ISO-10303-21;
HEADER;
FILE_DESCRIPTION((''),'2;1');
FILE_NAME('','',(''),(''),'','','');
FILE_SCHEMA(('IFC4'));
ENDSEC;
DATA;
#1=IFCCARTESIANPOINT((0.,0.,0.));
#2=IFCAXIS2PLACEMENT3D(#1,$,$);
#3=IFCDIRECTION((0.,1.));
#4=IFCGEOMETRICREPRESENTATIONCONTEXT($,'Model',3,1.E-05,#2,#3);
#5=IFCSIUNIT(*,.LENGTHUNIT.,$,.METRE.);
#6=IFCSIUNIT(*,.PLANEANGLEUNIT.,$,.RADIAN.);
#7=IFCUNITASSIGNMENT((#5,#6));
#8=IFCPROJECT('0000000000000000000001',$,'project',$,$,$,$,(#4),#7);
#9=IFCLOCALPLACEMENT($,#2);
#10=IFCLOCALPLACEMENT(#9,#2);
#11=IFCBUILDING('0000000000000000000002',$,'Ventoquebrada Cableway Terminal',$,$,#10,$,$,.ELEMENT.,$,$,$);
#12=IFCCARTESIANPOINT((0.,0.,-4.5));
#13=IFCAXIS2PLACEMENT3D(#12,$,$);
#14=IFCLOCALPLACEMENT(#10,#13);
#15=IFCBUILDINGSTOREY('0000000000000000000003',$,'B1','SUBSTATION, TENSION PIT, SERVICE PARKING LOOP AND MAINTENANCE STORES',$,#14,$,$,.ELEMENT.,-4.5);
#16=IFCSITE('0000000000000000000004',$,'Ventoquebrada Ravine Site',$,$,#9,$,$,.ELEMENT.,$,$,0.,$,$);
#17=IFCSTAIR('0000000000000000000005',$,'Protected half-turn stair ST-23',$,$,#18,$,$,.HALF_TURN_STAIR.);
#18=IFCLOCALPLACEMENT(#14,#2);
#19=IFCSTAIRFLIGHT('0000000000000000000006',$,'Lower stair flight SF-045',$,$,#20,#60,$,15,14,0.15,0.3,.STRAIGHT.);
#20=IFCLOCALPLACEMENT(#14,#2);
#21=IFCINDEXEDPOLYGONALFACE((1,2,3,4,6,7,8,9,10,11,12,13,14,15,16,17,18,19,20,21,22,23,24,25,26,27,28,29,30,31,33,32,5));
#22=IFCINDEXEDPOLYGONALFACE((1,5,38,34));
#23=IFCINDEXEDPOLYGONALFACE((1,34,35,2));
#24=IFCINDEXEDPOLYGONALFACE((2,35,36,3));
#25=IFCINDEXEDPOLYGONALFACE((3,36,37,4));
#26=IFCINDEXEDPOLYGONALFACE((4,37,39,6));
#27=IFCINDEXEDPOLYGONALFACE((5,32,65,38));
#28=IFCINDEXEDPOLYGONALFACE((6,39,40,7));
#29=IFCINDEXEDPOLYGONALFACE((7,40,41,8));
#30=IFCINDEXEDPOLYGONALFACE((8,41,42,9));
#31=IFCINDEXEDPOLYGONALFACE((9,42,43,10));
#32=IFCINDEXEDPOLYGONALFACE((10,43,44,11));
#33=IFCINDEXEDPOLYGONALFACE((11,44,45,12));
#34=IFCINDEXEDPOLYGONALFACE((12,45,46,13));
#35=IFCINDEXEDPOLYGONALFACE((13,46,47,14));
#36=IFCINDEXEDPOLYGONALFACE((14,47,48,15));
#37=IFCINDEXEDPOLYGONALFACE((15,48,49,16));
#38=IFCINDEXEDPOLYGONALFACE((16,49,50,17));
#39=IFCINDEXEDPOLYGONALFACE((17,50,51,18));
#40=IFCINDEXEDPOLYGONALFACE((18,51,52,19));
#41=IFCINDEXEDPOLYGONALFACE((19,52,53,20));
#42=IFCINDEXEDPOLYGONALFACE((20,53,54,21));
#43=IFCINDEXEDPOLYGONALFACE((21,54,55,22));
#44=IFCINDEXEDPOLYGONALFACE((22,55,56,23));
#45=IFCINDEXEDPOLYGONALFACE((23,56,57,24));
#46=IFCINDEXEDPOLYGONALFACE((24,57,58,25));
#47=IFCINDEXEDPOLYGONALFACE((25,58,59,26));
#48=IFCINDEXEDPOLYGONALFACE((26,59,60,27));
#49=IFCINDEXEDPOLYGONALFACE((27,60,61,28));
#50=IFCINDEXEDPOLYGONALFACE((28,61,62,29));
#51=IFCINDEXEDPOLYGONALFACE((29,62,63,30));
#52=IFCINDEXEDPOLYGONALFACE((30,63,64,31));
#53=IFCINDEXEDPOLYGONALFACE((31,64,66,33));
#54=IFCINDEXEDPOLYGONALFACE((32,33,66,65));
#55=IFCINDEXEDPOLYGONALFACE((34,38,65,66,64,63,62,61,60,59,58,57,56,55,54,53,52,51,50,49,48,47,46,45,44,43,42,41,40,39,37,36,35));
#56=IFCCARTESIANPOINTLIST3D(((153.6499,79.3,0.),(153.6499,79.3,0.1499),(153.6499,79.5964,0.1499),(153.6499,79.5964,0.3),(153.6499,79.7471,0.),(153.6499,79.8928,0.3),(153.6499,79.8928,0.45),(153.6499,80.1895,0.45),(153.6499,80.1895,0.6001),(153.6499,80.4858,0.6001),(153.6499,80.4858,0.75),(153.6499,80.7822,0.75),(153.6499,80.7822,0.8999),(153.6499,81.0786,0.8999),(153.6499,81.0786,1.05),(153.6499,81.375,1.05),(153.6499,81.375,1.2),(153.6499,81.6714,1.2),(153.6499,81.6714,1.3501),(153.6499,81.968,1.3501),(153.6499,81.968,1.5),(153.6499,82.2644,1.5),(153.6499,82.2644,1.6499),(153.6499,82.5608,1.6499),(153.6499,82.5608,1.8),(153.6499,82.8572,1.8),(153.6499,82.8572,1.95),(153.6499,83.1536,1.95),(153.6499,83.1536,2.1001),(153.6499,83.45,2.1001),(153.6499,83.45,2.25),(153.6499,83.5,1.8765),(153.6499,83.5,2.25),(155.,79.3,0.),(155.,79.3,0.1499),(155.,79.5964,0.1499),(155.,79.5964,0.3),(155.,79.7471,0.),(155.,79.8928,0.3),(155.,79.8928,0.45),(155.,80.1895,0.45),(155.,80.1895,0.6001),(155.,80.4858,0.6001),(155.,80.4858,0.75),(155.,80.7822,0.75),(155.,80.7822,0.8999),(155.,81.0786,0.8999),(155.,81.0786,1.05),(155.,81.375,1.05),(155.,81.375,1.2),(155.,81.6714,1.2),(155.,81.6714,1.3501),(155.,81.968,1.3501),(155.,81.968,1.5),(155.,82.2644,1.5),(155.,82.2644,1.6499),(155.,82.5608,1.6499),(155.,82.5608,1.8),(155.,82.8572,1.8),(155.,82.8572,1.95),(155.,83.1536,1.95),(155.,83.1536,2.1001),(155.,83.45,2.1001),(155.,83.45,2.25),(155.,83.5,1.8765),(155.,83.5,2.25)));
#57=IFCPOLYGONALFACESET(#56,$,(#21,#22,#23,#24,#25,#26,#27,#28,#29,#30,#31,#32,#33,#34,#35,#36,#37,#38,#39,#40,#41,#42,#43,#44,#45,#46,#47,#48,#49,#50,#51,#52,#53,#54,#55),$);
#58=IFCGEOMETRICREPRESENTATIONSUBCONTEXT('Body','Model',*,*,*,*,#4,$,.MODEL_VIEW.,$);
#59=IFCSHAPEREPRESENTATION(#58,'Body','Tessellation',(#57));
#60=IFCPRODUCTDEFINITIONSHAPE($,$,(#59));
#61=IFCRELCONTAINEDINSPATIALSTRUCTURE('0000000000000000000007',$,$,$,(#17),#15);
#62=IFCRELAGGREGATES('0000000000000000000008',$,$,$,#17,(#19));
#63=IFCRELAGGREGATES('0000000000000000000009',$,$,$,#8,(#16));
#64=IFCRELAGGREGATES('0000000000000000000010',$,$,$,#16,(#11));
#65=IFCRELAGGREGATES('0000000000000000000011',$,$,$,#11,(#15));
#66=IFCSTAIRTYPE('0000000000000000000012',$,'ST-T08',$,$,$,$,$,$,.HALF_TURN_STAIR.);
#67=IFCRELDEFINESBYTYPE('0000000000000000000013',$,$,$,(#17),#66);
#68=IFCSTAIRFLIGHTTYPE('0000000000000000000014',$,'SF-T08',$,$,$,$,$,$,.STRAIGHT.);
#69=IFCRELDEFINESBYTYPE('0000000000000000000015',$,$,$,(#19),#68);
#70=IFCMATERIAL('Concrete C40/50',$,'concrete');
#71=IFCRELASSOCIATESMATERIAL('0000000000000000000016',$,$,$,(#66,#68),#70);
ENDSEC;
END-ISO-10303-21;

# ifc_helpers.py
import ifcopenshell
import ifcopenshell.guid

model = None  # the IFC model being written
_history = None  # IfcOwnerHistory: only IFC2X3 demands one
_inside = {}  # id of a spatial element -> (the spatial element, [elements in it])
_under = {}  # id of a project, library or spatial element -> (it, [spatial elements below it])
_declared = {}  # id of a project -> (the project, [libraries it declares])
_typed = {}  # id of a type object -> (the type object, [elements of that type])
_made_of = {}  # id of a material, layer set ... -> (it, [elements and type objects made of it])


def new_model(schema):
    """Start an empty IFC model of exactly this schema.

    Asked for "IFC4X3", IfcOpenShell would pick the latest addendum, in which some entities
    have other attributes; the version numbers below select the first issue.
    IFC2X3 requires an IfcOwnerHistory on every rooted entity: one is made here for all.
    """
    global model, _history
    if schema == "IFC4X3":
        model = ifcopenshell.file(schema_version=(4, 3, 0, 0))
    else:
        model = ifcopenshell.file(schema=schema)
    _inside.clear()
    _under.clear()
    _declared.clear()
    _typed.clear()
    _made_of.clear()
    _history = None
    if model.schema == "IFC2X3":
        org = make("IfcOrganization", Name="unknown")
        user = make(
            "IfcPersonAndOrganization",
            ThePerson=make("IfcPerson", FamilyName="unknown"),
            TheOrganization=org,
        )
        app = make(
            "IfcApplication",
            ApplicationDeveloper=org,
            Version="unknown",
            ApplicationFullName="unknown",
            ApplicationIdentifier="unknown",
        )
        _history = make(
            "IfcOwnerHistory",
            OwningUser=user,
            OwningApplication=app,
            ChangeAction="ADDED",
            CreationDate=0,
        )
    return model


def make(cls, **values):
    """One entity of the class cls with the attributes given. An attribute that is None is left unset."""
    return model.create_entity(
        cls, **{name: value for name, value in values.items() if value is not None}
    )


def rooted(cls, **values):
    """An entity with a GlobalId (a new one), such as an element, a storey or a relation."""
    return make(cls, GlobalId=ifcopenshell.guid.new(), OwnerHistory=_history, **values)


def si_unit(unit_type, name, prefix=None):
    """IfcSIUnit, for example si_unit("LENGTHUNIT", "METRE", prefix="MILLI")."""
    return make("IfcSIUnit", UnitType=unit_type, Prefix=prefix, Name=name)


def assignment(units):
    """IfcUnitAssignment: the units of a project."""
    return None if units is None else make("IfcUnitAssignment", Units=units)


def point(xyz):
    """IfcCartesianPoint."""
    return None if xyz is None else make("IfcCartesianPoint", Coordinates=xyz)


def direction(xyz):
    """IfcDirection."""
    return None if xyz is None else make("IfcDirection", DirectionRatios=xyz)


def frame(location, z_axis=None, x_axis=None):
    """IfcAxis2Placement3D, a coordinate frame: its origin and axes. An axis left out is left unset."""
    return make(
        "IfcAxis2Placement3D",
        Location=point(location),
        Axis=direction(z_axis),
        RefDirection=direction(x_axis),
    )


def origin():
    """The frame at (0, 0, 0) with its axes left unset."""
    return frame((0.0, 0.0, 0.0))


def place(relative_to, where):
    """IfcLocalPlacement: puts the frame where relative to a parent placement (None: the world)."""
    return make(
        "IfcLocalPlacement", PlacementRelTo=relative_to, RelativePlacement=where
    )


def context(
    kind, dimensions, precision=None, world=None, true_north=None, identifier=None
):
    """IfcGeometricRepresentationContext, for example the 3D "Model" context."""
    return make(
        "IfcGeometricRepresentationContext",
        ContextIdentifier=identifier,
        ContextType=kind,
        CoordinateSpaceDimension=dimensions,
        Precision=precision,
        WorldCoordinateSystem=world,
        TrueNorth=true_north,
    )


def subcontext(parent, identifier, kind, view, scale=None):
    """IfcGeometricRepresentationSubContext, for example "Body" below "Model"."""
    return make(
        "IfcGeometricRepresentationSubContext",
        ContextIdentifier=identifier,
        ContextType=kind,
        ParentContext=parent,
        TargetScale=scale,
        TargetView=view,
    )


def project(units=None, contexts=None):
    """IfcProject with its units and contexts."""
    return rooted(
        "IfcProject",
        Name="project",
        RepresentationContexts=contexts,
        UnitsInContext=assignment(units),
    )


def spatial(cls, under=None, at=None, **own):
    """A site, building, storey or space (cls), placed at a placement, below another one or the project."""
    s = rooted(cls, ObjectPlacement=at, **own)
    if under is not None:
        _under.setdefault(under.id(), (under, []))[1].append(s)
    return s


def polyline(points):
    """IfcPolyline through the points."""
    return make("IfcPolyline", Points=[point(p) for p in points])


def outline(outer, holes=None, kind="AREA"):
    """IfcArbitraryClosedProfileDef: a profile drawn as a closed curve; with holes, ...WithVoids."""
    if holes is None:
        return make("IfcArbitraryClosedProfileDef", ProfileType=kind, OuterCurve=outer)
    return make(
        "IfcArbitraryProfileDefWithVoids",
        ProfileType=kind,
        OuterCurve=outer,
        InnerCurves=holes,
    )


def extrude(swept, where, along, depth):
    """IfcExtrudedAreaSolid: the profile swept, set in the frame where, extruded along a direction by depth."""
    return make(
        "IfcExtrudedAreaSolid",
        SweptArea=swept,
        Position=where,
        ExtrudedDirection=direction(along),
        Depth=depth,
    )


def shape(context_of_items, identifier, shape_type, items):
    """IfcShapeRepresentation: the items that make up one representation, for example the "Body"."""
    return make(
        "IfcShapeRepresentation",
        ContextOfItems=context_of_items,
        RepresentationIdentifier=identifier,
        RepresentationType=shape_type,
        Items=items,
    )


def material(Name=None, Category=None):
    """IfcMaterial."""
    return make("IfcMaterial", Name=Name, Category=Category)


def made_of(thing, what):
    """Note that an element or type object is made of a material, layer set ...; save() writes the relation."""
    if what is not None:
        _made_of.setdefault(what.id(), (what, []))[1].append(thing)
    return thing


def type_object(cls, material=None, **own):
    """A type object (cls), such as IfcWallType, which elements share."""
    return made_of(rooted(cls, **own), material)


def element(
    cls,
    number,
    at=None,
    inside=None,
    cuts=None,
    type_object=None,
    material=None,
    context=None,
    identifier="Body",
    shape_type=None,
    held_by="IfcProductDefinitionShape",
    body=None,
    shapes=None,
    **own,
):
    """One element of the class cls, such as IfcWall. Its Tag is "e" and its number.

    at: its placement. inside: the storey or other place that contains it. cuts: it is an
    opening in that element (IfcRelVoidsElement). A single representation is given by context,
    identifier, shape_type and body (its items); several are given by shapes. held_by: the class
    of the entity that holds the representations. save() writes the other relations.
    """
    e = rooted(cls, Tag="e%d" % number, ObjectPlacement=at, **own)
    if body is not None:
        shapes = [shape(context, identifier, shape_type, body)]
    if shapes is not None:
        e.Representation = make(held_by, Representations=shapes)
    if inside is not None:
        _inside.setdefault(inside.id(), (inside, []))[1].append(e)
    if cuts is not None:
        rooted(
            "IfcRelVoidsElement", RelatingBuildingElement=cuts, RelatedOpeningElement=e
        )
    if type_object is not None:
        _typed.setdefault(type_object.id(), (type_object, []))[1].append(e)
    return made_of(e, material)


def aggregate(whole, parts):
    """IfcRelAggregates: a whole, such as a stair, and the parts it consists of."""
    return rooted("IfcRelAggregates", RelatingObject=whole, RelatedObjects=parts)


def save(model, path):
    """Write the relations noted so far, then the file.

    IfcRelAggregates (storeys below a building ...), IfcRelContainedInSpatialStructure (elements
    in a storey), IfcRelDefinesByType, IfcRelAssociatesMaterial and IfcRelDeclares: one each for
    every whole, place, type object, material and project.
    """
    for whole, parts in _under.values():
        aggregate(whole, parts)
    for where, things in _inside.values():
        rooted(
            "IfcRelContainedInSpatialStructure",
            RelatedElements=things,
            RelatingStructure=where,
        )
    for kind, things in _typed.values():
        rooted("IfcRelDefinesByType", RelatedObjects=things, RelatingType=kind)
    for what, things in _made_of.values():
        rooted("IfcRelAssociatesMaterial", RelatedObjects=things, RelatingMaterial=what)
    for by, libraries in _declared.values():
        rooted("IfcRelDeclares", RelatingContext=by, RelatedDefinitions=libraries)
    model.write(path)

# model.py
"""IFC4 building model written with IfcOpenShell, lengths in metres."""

from ifc_helpers import new_model, si_unit, direction, frame, origin, place, context, subcontext, project, spatial, polyline, outline, extrude, material, type_object, element, aggregate, save


model = new_model("IFC4")

# Units and contexts
model_context = context("Model", 3, precision=1e-05, world=origin(), true_north=direction((0.0, 1.0)))
body_context = subcontext(model_context, "Body", "Model", "MODEL_VIEW")
ifc_project = project(units=[si_unit("LENGTHUNIT", "METRE"), si_unit("PLANEANGLEUNIT", "RADIAN")], contexts=[model_context])

# Site, building, storey
site_placement = place(None, origin())
site = spatial("IfcSite", under=ifc_project, at=site_placement, Name="Ventoquebrada Ravine Site", CompositionType="ELEMENT", RefElevation=0.0)
building_placement = place(site_placement, origin())
building = spatial("IfcBuilding", under=site, at=building_placement, Name="Ventoquebrada Cableway Terminal", CompositionType="ELEMENT")
storey_placement = place(building_placement, frame((0.0, 0.0, -4.5)))
storey = spatial("IfcBuildingStorey", under=building, at=storey_placement, Name="B1", Description="SUBSTATION, TENSION PIT, SERVICE PARKING LOOP AND MAINTENANCE STORES", CompositionType="ELEMENT", Elevation=-4.5)

# Shared definitions
ifc_material_1 = material(Name="Concrete C40/50", Category="concrete")

# Stair, stair flight
stair_type = type_object("IfcStairType", Name="ST-T08", PredefinedType="HALF_TURN_STAIR", material=ifc_material_1)
stair_placement = place(storey_placement, origin())
stair = element("IfcStair", 1, at=stair_placement, inside=storey, type_object=stair_type, Name="Protected half-turn stair ST-23", PredefinedType="HALF_TURN_STAIR")
stair_flight_type = type_object("IfcStairFlightType", Name="SF-T08", PredefinedType="STRAIGHT", material=ifc_material_1)
stair_flight_placement = place(storey_placement, frame((154.325, 79.3, 0.0), z_axis=(0.0, 0.0, 1.0), x_axis=(0.0, 1.0, 0.0)))
stair_flight = element("IfcStairFlight", 2, at=stair_flight_placement, type_object=stair_flight_type, Name="Lower stair flight SF-045", NumberOfRisers=15, NumberOfTreads=14, PredefinedType="STRAIGHT", RiserHeight=0.15, TreadLength=0.3, context=body_context, shape_type="SweptSolid", body=[
    extrude(outline(polyline([(0.0, 0.0), (0.0, 0.1499), (0.2964, 0.1499), (0.2964, 0.3), (0.5928, 0.3), (0.5928, 0.45), (0.8894, 0.45), (0.8894, 0.6001), (1.1858, 0.6001), (1.1858, 0.75), (1.4822, 0.75), (1.4822, 0.8999), (1.7786, 0.8999), (1.7786, 1.05), (2.075, 1.05), (2.075, 1.2), (2.3713, 1.2), (2.3713, 1.3501), (2.668, 1.3501), (2.668, 1.5), (2.9644, 1.5), (2.9644, 1.6499), (3.2607, 1.6499), (3.2607, 1.8), (3.5571, 1.8), (3.5571, 1.95), (3.8535, 1.95), (3.8535, 2.1001), (4.1499, 2.1001), (4.1499, 2.25), (4.2, 2.25), (4.2, 1.8765), (0.447, 0.0), (0.0, 0.0)])), frame((0.0, 0.675, 0.0), z_axis=(0.0, -1.0, 0.0), x_axis=(1.0, 0.0, 0.0)), (0.0, 0.0, 1.0), 1.3501),
])
aggregate(stair, [stair_flight])

save(model, "model.ifc")
